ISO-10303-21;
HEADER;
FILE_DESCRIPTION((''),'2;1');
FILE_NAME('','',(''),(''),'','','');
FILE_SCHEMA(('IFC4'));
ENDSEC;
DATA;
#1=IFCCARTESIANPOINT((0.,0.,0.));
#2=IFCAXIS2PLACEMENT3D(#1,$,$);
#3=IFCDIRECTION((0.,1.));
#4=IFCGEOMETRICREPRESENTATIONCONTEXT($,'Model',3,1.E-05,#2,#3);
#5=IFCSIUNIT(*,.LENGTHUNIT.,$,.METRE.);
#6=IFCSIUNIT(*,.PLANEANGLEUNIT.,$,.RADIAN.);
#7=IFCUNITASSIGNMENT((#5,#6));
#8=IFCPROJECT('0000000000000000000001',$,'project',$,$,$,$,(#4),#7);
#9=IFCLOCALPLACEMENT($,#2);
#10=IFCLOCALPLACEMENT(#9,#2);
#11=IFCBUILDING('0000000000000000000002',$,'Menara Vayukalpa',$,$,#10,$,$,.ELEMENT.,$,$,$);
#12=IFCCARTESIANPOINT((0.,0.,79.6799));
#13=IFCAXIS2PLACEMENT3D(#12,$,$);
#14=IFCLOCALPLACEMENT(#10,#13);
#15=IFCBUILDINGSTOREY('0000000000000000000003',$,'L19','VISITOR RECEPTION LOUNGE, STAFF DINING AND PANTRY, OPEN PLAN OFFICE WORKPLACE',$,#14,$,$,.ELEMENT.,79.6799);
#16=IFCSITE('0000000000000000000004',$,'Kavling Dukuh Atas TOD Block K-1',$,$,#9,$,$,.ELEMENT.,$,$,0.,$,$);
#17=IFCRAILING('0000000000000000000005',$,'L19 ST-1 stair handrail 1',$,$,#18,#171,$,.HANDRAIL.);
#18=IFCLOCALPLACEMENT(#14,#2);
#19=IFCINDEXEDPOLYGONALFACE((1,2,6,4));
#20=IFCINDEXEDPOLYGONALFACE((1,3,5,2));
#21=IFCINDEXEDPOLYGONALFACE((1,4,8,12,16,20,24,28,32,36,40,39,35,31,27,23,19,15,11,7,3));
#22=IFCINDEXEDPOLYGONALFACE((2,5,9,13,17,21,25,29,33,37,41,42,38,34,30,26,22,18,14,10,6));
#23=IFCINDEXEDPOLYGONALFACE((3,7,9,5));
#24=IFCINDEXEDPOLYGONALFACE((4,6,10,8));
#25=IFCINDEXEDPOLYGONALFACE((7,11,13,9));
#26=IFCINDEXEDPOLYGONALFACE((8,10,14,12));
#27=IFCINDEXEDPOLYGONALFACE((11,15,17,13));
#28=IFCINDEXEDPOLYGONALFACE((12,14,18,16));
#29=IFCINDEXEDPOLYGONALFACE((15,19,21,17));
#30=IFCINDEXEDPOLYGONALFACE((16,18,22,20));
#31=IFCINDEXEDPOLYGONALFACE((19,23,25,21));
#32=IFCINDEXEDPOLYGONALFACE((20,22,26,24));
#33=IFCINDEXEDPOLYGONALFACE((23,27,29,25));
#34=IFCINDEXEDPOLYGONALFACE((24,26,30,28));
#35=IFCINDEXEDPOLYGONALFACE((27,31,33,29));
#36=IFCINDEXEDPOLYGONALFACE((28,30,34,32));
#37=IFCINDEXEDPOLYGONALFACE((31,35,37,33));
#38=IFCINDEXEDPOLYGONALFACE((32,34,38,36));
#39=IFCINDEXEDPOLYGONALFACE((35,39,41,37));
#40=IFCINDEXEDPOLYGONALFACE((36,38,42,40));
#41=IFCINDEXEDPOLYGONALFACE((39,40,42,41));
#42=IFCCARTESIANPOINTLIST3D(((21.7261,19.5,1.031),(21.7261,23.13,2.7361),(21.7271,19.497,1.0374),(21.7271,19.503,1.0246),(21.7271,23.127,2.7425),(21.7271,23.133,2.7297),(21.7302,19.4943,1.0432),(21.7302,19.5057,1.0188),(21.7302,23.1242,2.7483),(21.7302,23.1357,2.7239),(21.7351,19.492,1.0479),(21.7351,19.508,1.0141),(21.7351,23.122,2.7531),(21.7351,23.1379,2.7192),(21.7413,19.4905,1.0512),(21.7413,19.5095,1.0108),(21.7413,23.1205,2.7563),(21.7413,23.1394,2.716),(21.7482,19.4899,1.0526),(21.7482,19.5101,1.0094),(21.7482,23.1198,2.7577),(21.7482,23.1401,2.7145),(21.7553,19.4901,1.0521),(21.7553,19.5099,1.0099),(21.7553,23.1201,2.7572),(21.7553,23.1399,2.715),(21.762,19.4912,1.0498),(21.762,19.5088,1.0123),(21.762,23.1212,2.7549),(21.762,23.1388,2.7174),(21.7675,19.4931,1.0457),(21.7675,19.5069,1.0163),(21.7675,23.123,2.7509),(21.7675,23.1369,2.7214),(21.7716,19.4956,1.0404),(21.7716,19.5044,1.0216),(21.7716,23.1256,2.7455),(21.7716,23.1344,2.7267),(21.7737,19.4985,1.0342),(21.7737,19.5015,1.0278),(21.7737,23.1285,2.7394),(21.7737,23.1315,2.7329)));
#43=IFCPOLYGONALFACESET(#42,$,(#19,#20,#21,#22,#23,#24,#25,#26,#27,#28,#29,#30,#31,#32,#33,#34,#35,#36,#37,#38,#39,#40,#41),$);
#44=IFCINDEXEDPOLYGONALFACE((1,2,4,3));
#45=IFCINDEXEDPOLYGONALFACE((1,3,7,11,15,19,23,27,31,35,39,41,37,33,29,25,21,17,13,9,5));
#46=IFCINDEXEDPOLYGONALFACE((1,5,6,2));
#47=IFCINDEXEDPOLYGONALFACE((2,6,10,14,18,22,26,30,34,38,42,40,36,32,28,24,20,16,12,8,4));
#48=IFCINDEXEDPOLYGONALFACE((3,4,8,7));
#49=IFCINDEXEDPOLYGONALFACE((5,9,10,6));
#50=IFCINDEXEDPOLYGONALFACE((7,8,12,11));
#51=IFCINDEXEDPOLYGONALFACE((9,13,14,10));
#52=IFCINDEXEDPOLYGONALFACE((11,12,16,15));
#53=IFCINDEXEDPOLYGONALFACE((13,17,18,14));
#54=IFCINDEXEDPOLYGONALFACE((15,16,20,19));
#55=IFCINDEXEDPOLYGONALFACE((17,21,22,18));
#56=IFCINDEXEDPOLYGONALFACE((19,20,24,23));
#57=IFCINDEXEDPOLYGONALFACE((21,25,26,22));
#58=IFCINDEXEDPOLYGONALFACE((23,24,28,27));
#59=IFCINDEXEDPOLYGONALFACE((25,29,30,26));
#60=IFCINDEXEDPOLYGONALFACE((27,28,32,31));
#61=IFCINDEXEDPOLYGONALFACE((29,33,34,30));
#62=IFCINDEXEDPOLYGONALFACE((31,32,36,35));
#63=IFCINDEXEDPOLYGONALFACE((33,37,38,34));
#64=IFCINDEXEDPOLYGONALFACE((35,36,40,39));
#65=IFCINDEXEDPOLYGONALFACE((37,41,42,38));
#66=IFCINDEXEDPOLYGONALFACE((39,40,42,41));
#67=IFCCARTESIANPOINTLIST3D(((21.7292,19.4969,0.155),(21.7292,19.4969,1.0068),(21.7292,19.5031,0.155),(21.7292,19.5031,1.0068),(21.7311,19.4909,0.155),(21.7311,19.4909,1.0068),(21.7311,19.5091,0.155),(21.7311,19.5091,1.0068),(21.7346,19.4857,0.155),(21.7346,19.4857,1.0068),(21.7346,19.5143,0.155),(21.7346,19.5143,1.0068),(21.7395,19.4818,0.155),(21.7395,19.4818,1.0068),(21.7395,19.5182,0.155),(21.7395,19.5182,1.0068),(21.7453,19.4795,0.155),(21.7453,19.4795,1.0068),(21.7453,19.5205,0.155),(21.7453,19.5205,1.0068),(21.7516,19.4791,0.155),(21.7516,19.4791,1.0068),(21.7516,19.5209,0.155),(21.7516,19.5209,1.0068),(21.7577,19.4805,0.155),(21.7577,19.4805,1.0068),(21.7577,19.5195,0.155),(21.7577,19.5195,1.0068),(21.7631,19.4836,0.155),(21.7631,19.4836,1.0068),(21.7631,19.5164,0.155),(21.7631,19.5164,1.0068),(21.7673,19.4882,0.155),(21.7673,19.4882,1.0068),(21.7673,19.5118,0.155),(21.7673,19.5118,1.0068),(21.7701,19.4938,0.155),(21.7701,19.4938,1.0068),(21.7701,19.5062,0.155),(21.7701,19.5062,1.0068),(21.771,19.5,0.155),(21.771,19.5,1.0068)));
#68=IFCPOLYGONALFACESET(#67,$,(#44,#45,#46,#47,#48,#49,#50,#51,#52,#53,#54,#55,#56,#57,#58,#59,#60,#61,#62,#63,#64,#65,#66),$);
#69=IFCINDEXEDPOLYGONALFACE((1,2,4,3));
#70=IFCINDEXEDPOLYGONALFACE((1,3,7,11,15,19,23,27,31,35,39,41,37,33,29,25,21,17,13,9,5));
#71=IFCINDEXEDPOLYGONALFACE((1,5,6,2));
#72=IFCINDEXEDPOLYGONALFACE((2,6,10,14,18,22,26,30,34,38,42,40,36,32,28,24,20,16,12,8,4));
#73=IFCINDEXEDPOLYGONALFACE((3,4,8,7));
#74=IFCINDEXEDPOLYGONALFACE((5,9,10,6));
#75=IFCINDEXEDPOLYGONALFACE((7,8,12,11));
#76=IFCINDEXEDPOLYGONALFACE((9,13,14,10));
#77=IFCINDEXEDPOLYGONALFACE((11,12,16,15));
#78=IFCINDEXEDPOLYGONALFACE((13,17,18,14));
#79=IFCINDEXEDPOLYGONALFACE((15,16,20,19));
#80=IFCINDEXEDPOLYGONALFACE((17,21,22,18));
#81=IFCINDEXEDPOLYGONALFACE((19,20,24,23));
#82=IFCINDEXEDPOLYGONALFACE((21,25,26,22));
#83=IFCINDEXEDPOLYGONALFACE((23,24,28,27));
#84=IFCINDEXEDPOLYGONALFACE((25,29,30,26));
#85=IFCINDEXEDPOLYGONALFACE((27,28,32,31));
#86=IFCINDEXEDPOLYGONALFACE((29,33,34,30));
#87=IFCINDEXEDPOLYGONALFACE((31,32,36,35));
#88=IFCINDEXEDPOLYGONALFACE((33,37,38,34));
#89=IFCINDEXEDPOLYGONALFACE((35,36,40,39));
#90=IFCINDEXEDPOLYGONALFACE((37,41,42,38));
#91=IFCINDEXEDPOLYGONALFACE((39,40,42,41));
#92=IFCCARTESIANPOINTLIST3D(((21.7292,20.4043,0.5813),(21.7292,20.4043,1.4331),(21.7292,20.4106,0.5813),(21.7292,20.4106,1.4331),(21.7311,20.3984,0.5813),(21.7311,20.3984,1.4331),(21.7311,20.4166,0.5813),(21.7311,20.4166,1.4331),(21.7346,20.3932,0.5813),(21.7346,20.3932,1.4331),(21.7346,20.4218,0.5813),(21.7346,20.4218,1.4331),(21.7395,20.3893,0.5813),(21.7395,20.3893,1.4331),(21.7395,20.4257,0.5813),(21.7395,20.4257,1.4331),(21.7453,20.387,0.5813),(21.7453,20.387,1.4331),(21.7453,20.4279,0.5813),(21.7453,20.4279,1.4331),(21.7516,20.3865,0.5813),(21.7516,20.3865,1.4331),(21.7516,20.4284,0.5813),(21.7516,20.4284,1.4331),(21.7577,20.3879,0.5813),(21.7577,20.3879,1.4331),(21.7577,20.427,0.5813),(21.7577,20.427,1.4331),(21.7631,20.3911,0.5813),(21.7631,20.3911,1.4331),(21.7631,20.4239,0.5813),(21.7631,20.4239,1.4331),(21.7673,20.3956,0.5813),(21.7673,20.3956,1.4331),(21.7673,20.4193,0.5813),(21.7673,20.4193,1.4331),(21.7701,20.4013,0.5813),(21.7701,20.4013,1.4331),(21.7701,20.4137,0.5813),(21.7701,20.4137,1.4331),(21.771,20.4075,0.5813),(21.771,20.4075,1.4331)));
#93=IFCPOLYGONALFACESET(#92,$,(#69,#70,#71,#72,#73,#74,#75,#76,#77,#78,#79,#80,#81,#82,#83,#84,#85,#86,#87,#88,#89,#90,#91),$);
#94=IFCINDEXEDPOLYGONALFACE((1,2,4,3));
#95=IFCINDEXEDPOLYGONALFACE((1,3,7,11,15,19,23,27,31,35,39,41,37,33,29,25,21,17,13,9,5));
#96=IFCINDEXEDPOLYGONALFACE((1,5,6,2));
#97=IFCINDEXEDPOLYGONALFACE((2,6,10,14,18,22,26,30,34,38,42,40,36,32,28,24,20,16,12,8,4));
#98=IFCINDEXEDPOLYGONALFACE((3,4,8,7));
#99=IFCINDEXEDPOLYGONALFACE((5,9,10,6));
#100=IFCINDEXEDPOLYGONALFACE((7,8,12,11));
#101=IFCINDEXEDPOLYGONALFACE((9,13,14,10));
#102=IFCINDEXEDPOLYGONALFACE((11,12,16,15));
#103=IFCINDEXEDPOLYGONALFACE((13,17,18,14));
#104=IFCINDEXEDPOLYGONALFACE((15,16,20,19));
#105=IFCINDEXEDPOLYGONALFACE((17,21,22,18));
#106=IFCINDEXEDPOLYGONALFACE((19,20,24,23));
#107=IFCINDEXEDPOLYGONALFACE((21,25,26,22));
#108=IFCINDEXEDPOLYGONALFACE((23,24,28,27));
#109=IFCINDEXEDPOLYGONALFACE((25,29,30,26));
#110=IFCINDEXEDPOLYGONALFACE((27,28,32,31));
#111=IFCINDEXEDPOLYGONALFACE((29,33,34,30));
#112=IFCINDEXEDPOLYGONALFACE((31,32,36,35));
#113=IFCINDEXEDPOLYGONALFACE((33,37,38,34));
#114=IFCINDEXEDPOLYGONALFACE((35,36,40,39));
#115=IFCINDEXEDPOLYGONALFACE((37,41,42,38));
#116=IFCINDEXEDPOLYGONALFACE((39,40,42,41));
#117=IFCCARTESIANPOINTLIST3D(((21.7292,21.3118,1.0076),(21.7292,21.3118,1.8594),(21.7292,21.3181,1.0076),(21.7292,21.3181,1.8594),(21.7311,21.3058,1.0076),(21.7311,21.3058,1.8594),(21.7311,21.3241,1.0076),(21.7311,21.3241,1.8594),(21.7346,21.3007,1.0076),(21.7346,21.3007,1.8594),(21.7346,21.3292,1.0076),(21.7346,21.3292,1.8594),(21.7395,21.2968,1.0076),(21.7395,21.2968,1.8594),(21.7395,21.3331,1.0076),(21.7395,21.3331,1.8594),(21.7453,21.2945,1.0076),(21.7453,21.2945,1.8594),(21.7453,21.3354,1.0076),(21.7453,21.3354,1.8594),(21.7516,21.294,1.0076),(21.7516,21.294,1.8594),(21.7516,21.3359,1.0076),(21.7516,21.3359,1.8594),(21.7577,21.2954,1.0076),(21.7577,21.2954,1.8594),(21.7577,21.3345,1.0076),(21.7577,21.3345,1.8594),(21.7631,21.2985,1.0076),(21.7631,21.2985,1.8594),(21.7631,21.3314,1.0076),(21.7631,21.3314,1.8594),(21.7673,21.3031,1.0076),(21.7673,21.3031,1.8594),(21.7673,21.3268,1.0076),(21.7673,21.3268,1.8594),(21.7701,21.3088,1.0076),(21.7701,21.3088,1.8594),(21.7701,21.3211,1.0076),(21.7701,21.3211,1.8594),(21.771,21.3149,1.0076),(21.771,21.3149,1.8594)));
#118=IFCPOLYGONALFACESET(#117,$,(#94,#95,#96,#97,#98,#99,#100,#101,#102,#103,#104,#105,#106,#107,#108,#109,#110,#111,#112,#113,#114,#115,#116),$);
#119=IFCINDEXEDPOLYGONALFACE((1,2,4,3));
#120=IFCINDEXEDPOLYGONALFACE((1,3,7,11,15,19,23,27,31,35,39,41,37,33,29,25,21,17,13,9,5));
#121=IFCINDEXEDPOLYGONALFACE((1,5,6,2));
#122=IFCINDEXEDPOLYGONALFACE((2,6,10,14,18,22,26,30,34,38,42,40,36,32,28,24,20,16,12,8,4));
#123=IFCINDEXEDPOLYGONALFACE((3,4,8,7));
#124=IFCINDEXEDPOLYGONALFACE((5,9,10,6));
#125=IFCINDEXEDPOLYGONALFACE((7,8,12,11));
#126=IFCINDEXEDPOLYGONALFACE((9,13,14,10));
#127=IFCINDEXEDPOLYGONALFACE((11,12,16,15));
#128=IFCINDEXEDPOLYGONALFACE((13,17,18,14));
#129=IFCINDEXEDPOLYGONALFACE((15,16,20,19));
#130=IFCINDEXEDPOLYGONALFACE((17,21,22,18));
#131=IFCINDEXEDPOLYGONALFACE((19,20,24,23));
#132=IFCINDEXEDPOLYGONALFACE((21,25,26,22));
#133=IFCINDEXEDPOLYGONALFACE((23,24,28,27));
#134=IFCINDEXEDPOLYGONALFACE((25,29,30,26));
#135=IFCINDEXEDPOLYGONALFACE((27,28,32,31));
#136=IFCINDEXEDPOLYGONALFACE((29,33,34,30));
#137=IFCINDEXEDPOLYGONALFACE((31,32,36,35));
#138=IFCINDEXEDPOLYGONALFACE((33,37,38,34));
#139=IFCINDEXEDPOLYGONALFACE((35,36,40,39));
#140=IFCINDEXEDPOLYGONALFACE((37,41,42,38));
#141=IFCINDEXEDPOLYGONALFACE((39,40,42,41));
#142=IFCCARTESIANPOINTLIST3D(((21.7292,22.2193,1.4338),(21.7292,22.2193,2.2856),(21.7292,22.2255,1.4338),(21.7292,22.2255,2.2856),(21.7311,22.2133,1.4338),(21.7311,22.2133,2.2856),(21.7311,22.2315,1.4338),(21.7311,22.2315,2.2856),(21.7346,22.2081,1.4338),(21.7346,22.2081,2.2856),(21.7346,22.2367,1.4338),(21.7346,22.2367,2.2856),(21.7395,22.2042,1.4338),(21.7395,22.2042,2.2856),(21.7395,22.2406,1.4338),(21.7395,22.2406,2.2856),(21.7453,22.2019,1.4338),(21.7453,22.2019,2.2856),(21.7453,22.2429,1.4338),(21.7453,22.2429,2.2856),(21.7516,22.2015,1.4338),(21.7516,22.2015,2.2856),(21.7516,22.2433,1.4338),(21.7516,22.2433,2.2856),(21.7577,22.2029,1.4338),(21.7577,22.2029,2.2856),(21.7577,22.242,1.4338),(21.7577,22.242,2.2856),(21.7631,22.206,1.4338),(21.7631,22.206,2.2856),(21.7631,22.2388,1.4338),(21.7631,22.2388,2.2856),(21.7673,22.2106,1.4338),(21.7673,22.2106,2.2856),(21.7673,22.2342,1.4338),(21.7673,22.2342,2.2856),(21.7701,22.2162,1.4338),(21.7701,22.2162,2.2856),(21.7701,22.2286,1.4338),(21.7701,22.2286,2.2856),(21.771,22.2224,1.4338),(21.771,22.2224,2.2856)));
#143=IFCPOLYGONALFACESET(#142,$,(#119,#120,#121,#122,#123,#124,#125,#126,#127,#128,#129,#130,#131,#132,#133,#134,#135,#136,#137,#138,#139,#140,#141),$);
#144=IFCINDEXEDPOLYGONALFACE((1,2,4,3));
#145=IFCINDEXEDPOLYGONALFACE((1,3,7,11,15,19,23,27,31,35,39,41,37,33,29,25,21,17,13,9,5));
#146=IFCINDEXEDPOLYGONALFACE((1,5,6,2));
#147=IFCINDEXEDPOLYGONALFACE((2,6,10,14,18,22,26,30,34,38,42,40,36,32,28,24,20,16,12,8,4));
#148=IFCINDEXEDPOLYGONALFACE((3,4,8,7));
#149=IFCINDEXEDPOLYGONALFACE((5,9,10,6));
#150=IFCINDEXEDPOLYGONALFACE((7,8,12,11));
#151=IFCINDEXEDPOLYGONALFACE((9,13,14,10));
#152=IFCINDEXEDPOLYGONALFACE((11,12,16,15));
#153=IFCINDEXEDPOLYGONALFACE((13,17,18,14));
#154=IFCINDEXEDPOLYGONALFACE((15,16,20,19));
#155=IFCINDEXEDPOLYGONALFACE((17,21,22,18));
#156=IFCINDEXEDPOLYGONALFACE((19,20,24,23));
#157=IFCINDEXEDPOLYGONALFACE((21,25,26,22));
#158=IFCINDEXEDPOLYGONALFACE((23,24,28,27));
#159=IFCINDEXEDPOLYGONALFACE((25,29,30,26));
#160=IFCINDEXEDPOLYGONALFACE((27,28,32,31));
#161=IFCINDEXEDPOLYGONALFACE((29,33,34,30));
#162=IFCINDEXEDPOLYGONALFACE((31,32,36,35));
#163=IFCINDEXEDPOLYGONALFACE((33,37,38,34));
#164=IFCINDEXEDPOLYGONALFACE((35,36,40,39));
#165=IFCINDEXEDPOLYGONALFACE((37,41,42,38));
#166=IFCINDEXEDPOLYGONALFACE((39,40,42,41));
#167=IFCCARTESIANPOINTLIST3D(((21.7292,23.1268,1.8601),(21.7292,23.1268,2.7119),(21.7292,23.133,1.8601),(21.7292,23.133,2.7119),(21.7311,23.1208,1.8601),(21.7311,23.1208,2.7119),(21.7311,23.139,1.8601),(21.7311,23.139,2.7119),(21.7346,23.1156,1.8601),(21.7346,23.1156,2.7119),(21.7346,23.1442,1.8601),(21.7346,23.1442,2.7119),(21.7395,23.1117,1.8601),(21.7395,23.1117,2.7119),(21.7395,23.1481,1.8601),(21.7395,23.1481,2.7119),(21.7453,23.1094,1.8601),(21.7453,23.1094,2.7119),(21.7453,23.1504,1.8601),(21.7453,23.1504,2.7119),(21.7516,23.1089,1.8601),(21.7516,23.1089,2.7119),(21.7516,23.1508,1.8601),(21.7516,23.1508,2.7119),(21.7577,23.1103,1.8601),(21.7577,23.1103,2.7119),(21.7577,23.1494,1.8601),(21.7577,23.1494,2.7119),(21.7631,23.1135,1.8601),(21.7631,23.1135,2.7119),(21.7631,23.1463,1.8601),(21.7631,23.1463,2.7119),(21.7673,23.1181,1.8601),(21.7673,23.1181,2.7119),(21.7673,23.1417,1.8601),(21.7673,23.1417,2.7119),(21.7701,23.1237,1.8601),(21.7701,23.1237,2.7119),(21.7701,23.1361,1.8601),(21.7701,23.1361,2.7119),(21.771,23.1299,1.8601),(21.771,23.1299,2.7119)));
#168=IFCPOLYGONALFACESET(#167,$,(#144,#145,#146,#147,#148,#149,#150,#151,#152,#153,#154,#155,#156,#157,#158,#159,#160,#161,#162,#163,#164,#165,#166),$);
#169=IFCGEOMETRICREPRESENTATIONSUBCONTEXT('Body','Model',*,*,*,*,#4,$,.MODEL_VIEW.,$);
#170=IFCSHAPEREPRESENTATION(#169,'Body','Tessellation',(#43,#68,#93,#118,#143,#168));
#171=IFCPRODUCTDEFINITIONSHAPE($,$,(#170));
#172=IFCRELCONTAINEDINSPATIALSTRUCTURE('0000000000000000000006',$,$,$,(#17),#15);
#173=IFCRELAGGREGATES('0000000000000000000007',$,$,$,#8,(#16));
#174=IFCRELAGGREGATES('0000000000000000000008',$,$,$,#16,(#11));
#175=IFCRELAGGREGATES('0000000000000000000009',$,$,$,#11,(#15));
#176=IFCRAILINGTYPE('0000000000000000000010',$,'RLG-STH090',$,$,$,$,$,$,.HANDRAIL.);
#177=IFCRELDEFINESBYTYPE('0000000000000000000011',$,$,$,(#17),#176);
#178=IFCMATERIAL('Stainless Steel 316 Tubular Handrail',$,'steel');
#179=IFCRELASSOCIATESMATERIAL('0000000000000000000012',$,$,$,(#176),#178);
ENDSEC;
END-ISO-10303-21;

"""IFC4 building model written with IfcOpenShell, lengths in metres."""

from ifc_helpers import new_model, si_unit, direction, frame, origin, origin_2d, place, context, subcontext, project, spatial, circle, extrude, material, type_object, element, save


model = new_model("IFC4")

# Units and contexts
model_context = context("Model", 3, precision=1e-05, world=origin(), true_north=direction((0.0, 1.0)))
body_context = subcontext(model_context, "Body", "Model", "MODEL_VIEW")
ifc_project = project(units=[si_unit("LENGTHUNIT", "METRE"), si_unit("PLANEANGLEUNIT", "RADIAN")], contexts=[model_context])

# Site, building, storey
site_placement = place(None, origin())
site = spatial("IfcSite", under=ifc_project, at=site_placement, Name="Kavling Dukuh Atas TOD Block K-1", CompositionType="ELEMENT", RefElevation=0.0)
building_placement = place(site_placement, origin())
building = spatial("IfcBuilding", under=site, at=building_placement, Name="Menara Vayukalpa", CompositionType="ELEMENT")
storey_placement = place(building_placement, frame((0.0, 0.0, 79.6799)))
storey = spatial("IfcBuildingStorey", under=building, at=storey_placement, Name="L19", Description="VISITOR RECEPTION LOUNGE, STAFF DINING AND PANTRY, OPEN PLAN OFFICE WORKPLACE", CompositionType="ELEMENT", Elevation=79.6799)

# Railing
ifc_material_1 = material(Name="Stainless Steel 316 Tubular Handrail", Category="steel")
railing_type_1 = type_object("IfcRailingType", Name="RLG-STH090", PredefinedType="HANDRAIL", material=ifc_material_1)
railing_1_placement = place(storey_placement, frame((21.75, 19.5, 0.155)))
element("IfcRailing", 1, at=railing_1_placement, inside=storey, type_object=railing_type_1, Name="L19 ST-1 stair handrail 1", PredefinedType="HANDRAIL", context=body_context, shape_type="SweptSolid", body=[
    extrude(circle(Radius=0.0239, at=origin_2d()), frame((0.0, 0.0, 0.876), z_axis=(0.0, 0.905116, 0.425164), x_axis=(-1.0, 0.0, 0.0)), (0.0, 0.0, 1.0), 4.0105),
    extrude(circle(Radius=0.021, at=origin_2d()), origin(), (0.0, 0.0, 1.0), 0.8518),
    extrude(circle(Radius=0.021, at=origin_2d()), frame((0.0, 0.9075, 0.4263)), (0.0, 0.0, 1.0), 0.8518),
    extrude(circle(Radius=0.021, at=origin_2d()), frame((0.0, 1.8149, 0.8525)), (0.0, 0.0, 1.0), 0.8518),
    extrude(circle(Radius=0.021, at=origin_2d()), frame((0.0, 2.7224, 1.2788)), (0.0, 0.0, 1.0), 0.8518),
    extrude(circle(Radius=0.021, at=origin_2d()), frame((0.0, 3.6299, 1.7051)), (0.0, 0.0, 1.0), 0.8518),
])

save(model, "model.ifc")
